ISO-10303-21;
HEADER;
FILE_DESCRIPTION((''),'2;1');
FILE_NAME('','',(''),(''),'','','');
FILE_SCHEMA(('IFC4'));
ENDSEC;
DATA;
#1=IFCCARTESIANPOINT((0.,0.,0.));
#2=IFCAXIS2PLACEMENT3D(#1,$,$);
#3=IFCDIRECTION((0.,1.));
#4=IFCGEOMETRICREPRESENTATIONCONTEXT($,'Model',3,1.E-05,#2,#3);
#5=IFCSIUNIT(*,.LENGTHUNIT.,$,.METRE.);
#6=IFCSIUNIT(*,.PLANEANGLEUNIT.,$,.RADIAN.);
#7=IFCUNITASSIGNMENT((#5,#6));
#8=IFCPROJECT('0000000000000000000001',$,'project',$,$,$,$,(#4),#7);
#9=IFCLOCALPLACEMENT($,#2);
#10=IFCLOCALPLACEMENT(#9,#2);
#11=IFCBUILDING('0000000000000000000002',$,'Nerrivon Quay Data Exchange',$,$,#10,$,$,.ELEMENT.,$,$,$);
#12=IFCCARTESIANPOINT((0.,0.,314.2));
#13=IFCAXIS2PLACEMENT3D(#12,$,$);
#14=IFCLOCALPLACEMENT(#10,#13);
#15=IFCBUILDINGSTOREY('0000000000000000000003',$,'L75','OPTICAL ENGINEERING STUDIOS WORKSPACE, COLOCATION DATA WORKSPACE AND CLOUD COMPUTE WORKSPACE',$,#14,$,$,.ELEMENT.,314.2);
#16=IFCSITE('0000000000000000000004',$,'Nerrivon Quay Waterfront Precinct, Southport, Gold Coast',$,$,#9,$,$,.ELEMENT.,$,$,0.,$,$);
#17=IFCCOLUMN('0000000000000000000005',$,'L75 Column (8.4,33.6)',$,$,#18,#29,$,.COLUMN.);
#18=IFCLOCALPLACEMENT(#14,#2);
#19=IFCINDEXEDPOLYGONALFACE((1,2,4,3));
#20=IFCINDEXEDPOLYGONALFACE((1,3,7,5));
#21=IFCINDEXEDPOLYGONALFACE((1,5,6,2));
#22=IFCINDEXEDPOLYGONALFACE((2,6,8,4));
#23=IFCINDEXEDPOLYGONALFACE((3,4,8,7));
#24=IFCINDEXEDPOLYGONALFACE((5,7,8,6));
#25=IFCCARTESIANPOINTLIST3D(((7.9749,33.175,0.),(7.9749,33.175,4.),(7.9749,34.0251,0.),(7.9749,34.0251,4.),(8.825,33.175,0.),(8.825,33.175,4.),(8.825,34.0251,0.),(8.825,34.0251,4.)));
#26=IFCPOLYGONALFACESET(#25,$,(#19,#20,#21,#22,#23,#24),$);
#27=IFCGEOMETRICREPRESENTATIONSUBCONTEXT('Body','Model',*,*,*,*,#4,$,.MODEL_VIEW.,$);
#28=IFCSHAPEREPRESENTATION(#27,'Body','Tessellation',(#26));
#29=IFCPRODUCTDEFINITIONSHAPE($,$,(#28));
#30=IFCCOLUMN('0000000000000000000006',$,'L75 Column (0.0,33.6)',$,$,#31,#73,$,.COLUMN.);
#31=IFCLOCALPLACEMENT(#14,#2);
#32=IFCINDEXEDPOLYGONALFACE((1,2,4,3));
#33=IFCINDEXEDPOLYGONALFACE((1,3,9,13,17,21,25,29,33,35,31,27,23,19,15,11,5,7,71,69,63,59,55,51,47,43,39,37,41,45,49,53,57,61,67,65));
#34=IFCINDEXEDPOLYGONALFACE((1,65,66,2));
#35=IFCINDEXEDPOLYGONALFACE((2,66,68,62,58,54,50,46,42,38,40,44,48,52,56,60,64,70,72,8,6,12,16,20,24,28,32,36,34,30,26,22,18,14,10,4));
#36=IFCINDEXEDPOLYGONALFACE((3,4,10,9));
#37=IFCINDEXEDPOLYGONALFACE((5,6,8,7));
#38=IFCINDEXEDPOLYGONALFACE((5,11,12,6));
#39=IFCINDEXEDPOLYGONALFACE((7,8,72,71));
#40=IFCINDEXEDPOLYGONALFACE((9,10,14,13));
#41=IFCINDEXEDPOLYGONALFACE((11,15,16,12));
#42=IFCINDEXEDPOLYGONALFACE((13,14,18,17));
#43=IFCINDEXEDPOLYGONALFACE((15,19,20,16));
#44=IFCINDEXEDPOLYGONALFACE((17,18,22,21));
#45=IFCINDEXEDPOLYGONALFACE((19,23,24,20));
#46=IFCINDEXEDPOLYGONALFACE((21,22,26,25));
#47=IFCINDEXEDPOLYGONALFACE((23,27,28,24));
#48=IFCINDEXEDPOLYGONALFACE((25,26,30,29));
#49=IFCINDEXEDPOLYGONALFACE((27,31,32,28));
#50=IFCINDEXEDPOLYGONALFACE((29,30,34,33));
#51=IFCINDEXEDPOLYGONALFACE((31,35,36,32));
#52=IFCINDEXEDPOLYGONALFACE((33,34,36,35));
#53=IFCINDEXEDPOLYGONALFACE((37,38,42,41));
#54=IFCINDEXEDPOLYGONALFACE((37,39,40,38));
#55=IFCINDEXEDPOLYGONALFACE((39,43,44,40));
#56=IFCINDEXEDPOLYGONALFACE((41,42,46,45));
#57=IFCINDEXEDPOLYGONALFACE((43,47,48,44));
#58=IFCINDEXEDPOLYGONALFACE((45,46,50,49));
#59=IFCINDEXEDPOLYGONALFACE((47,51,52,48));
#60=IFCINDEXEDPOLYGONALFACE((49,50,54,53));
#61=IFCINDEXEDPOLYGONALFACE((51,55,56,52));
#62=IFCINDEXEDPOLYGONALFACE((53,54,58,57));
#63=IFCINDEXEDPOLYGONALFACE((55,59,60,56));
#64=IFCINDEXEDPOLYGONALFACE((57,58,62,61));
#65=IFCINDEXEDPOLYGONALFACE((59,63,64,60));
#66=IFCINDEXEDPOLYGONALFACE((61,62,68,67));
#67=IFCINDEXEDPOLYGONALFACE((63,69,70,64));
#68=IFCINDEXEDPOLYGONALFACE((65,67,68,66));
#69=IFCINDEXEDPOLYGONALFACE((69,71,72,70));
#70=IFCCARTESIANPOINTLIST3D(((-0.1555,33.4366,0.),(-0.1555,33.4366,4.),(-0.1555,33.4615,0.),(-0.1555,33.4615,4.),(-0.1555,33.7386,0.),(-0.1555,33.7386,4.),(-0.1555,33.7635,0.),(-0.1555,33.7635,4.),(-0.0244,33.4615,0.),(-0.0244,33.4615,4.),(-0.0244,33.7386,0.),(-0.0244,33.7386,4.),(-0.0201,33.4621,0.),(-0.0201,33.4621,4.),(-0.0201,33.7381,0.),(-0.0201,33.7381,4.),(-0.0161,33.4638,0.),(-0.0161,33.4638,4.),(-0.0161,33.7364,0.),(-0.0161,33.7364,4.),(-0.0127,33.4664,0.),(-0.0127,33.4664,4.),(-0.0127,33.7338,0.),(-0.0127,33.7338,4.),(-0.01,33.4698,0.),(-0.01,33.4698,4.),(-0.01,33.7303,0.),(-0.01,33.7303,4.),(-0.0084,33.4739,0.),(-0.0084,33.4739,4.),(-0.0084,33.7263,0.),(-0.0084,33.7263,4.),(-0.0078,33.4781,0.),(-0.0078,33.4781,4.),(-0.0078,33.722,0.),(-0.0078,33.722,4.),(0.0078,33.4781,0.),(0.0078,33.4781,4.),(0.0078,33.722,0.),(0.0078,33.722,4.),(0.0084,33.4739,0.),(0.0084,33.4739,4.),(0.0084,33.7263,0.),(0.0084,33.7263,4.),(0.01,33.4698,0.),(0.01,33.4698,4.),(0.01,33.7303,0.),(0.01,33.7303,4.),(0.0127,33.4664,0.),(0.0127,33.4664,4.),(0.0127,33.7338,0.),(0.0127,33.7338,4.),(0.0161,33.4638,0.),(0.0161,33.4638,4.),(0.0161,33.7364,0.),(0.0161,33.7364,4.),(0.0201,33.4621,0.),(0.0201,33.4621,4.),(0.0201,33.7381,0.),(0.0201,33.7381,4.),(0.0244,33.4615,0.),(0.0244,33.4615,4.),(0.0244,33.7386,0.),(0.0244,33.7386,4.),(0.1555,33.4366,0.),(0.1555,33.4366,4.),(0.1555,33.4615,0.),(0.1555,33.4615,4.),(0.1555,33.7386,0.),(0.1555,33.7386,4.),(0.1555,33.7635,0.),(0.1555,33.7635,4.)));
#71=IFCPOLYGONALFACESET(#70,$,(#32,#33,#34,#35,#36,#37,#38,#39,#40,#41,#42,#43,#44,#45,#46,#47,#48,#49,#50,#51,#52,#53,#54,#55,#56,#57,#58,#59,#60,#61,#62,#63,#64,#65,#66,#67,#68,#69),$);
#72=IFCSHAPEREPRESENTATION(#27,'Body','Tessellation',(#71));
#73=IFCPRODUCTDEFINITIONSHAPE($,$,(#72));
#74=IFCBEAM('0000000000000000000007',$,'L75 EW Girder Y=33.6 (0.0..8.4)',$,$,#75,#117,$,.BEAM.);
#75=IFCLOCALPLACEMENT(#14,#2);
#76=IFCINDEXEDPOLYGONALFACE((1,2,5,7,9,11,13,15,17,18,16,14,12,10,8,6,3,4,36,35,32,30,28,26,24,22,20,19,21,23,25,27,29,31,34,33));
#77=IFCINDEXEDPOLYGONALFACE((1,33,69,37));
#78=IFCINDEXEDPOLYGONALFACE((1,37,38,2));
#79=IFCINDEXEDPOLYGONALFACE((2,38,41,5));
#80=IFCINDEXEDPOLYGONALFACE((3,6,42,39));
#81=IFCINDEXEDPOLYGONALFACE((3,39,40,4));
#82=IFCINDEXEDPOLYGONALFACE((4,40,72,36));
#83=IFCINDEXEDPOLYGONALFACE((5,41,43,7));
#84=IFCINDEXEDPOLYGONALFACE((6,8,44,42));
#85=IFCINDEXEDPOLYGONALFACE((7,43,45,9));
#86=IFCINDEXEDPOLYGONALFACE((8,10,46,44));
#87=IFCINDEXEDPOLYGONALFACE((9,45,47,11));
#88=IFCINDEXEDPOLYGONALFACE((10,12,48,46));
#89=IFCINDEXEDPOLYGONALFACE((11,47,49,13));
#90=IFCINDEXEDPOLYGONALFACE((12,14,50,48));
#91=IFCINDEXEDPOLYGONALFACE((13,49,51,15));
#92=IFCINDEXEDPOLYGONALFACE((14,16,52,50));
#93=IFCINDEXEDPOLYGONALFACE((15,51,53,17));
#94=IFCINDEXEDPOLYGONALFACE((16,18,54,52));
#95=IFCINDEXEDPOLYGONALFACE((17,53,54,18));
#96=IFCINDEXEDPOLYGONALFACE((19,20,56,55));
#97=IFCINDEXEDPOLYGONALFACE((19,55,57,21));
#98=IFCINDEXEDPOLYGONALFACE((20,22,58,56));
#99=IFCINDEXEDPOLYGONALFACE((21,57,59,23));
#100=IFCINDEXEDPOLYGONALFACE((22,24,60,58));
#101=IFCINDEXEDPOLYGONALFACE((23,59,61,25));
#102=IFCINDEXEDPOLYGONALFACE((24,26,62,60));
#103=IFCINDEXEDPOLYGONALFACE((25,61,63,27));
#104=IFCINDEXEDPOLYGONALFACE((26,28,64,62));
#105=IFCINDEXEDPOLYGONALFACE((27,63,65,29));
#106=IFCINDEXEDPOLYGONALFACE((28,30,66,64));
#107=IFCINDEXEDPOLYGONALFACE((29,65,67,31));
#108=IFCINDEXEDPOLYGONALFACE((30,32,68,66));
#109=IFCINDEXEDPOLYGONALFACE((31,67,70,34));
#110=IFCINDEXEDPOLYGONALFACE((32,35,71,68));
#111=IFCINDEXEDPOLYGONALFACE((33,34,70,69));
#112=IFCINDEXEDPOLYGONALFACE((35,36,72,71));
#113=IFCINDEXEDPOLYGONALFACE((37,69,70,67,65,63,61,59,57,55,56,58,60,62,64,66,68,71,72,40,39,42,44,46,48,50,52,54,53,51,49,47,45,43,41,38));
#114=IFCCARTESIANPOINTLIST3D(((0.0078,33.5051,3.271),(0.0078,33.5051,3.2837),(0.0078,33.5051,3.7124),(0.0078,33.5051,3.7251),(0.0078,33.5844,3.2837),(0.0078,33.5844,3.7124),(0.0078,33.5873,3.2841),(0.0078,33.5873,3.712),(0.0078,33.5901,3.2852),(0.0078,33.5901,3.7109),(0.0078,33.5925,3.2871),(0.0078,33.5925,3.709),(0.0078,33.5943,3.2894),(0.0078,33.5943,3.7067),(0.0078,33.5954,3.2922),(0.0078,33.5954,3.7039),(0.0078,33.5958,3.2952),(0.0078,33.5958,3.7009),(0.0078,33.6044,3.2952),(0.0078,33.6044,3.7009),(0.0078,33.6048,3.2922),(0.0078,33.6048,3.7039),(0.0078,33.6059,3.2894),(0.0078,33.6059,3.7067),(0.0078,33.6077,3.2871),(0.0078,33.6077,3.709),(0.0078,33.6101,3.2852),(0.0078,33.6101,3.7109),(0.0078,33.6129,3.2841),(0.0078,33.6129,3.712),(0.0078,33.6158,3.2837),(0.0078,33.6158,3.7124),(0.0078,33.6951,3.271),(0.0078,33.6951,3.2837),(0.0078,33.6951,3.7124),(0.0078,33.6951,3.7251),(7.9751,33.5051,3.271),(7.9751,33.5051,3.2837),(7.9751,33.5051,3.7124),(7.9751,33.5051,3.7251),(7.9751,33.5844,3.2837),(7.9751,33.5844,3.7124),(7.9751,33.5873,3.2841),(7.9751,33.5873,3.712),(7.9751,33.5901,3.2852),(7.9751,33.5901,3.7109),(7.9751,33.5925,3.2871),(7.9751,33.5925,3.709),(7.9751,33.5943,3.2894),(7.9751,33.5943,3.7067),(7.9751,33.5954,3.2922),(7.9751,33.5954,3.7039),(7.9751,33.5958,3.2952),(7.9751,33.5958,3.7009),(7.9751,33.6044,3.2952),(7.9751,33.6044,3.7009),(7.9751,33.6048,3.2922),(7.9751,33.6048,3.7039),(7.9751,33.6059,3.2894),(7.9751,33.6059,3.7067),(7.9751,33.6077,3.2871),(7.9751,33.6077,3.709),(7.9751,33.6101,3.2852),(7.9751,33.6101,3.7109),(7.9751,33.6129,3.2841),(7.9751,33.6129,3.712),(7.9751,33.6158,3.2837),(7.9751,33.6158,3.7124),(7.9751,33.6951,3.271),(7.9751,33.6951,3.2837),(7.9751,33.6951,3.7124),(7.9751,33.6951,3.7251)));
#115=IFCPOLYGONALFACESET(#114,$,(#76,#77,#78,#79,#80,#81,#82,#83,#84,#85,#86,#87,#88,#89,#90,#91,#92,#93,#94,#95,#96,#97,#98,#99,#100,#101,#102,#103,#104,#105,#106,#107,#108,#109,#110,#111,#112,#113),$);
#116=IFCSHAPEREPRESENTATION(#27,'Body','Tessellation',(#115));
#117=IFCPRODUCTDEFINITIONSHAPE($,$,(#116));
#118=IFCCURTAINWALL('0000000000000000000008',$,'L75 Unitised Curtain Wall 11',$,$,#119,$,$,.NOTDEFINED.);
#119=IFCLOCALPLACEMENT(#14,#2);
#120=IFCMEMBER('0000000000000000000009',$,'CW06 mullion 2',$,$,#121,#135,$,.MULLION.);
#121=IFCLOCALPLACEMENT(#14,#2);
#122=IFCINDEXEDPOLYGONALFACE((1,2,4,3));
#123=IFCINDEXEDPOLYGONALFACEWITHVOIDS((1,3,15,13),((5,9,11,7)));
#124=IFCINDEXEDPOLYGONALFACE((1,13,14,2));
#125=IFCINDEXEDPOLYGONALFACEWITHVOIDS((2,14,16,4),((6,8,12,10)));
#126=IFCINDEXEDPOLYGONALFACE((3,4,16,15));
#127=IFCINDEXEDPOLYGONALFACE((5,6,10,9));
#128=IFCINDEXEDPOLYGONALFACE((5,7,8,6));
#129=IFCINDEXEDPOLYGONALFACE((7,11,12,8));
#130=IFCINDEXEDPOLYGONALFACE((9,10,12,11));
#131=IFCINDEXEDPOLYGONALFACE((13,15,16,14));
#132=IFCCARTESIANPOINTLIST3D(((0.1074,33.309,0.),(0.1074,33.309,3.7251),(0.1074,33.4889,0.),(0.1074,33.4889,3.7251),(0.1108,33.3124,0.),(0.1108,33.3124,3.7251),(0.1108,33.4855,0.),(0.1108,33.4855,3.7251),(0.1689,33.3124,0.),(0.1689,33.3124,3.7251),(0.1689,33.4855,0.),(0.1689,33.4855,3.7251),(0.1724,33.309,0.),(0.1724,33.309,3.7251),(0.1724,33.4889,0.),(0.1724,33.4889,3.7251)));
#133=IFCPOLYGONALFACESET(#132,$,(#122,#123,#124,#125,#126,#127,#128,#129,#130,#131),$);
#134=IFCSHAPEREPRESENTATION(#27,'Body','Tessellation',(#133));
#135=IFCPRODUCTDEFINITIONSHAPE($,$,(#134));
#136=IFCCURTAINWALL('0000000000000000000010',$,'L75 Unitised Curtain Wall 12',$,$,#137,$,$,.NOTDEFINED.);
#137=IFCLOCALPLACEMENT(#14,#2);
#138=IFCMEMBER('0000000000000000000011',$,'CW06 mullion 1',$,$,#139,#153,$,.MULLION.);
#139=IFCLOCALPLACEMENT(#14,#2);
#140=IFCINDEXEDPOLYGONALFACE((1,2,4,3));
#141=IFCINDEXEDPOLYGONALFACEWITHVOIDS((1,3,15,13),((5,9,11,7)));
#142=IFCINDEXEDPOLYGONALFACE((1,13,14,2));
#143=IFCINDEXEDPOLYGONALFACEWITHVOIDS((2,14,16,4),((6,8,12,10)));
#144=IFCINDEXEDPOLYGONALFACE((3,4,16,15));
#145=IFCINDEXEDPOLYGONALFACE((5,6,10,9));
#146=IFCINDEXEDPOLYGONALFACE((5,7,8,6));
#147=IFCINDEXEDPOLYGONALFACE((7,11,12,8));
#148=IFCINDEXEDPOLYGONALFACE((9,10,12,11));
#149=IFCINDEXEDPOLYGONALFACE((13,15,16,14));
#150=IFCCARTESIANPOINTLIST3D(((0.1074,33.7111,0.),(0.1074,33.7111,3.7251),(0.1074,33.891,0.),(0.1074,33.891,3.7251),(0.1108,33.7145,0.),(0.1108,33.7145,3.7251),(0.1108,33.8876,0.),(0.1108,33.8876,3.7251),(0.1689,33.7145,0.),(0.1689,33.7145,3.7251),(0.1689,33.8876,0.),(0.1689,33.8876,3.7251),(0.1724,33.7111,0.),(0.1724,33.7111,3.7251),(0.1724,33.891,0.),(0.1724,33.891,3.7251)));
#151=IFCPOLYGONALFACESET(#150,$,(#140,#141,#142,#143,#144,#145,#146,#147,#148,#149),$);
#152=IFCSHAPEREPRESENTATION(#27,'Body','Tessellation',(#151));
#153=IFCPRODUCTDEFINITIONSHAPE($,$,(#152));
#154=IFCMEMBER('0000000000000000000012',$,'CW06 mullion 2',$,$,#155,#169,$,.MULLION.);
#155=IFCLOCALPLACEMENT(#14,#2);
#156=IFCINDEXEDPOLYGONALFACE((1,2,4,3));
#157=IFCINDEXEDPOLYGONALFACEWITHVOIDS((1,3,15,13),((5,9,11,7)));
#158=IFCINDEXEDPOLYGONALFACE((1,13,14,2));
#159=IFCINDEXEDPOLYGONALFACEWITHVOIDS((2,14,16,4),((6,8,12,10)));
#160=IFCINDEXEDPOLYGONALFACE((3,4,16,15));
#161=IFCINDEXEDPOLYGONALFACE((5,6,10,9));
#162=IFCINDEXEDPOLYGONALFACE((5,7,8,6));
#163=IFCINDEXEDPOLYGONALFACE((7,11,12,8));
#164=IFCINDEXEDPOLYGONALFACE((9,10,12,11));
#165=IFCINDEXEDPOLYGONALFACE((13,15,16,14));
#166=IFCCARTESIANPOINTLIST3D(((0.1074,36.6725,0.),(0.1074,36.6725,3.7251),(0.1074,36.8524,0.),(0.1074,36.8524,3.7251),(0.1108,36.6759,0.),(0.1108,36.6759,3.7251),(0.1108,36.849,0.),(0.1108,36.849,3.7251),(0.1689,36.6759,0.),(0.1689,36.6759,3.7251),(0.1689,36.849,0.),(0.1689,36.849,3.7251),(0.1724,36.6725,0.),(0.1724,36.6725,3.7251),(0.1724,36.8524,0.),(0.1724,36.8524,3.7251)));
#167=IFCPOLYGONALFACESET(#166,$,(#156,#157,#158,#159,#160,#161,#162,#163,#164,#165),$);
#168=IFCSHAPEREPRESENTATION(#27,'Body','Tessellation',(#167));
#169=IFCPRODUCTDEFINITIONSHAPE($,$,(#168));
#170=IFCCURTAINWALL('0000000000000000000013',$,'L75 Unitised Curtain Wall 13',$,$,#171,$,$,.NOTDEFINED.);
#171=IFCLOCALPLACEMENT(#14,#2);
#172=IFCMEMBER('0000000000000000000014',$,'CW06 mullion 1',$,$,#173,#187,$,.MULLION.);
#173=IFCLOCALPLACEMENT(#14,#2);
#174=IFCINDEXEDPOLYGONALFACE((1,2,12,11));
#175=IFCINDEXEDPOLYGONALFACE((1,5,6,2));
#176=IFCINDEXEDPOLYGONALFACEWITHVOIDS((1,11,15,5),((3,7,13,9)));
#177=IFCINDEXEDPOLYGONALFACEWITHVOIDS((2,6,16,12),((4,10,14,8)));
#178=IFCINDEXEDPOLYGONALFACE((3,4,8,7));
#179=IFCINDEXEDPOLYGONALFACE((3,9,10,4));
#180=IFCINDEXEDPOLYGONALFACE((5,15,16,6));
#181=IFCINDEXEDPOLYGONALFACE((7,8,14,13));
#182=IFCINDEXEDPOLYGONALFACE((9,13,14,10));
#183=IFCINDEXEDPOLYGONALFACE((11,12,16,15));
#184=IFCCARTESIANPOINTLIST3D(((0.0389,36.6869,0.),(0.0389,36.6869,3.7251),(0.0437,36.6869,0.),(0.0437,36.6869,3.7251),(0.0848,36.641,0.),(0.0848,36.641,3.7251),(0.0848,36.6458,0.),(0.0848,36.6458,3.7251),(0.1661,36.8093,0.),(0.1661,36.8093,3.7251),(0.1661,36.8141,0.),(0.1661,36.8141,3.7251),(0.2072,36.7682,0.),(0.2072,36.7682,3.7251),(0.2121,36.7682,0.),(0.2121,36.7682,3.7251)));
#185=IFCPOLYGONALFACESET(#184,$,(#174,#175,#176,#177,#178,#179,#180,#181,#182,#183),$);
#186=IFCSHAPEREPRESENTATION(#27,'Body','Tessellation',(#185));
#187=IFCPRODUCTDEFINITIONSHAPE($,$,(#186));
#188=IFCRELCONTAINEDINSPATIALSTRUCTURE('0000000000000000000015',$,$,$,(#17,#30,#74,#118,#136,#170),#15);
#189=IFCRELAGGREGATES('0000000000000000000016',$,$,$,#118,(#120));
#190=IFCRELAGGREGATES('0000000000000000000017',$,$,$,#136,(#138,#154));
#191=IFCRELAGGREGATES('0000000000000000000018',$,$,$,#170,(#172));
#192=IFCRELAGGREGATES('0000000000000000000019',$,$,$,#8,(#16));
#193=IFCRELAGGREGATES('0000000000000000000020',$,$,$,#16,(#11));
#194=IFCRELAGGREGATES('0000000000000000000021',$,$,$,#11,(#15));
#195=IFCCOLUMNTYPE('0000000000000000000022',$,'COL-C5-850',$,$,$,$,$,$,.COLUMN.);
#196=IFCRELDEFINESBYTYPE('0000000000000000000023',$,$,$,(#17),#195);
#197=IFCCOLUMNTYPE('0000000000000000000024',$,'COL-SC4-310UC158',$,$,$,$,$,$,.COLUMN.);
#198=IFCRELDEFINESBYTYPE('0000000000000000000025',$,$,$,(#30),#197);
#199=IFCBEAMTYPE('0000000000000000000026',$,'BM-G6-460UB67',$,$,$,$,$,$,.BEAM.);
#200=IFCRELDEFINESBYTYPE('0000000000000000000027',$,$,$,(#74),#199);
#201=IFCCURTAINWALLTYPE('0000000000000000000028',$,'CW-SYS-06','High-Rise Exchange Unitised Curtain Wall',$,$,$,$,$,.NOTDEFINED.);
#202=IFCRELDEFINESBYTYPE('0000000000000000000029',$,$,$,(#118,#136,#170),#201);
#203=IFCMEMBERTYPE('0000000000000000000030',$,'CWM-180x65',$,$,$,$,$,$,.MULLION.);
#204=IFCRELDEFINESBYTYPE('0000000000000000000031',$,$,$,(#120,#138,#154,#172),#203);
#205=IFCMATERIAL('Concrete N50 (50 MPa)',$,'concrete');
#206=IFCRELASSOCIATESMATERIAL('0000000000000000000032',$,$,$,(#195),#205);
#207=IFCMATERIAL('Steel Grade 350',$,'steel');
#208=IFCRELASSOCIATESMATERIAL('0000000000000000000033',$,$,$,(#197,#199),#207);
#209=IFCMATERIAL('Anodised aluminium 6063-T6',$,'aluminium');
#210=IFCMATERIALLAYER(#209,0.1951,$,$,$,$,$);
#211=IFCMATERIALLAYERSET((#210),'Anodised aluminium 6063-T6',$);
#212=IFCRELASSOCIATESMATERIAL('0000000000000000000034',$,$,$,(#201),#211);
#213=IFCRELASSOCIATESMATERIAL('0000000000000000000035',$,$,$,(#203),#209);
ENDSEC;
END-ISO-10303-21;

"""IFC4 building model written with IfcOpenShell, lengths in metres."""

from ifc_helpers import new_model, si_unit, direction, frame, origin, origin_2d, place, context, subcontext, project, spatial, rectangle, hollow_rectangle, i_section, extrude, material, layer, layer_set, material_profile, profile_set, type_object, element, aggregate, save


model = new_model("IFC4")

# Units and contexts
model_context = context("Model", 3, precision=1e-05, world=origin(), true_north=direction((0.0, 1.0)))
body_context = subcontext(model_context, "Body", "Model", "MODEL_VIEW")
ifc_project = project(units=[si_unit("LENGTHUNIT", "METRE"), si_unit("PLANEANGLEUNIT", "RADIAN")], contexts=[model_context])

# Site, building, storey
site_placement = place(None, origin())
site = spatial("IfcSite", under=ifc_project, at=site_placement, Name="Nerrivon Quay Waterfront Precinct, Southport, Gold Coast", CompositionType="ELEMENT", RefElevation=0.0)
building_placement = place(site_placement, origin())
building = spatial("IfcBuilding", under=site, at=building_placement, Name="Nerrivon Quay Data Exchange", CompositionType="ELEMENT")
storey_placement = place(building_placement, frame((0.0, 0.0, 314.2)))
storey = spatial("IfcBuildingStorey", under=building, at=storey_placement, Name="L75", Description="OPTICAL ENGINEERING STUDIOS WORKSPACE, COLOCATION DATA WORKSPACE AND CLOUD COMPUTE WORKSPACE", CompositionType="ELEMENT", Elevation=314.2)

# Columns
ifc_material_1 = material(Name="Concrete N50 (50 MPa)", Category="concrete")
ifc_material_profile_1 = material_profile(ifc_material_1, rectangle(XDim=0.8501, YDim=0.8501, at=origin_2d()), Name="RC-COL-850x850")
ifc_profile_set_1 = profile_set([ifc_material_profile_1], Name="Concrete N50 (50 MPa)")
column_type_1 = type_object("IfcColumnType", Name="COL-C5-850", PredefinedType="COLUMN", material=ifc_profile_set_1)
column_1_placement = place(storey_placement, frame((8.3999, 33.6001, 0.0), z_axis=(0.0, 0.0, 1.0), x_axis=(1.0, 0.0, 0.0)))
element("IfcColumn", 1, at=column_1_placement, inside=storey, type_object=column_type_1, Name="L75 Column (8.4,33.6)", PredefinedType="COLUMN", context=body_context, shape_type="SweptSolid", body=[
    extrude(rectangle(XDim=0.8501, YDim=0.8501, at=origin_2d()), origin(), (0.0, 0.0, 1.0), 4.0),
])
ifc_material_2 = material(Name="Steel Grade 350", Category="steel")
ifc_material_profile_2 = material_profile(ifc_material_2, i_section(OverallWidth=0.311, OverallDepth=0.3269, WebThickness=0.0156, FlangeThickness=0.0249, FilletRadius=0.0166, at=origin_2d()), Name="310UC158")
ifc_profile_set_2 = profile_set([ifc_material_profile_2], Name="Steel Grade 350")
column_type_2 = type_object("IfcColumnType", Name="COL-SC4-310UC158", PredefinedType="COLUMN", material=ifc_profile_set_2)
column_2_placement = place(storey_placement, frame((0.0, 33.6001, 0.0), z_axis=(0.0, 0.0, 1.0), x_axis=(1.0, 0.0, 0.0)))
element("IfcColumn", 2, at=column_2_placement, inside=storey, type_object=column_type_2, Name="L75 Column (0.0,33.6)", PredefinedType="COLUMN", context=body_context, shape_type="SweptSolid", body=[
    extrude(i_section(OverallWidth=0.311, OverallDepth=0.3269, WebThickness=0.0156, FlangeThickness=0.0249, FilletRadius=0.0166, at=origin_2d()), origin(), (0.0, 0.0, 1.0), 4.0),
])

# Beam
ifc_material_profile_3 = material_profile(ifc_material_2, i_section(OverallWidth=0.1899, OverallDepth=0.4541, WebThickness=0.0085, FlangeThickness=0.0127, FilletRadius=0.0115, at=origin_2d()), Name="460UB67.1")
ifc_profile_set_3 = profile_set([ifc_material_profile_3], Name="Steel Grade 350")
beam_type = type_object("IfcBeamType", Name="BM-G6-460UB67", PredefinedType="BEAM", material=ifc_profile_set_3)
beam_placement = place(storey_placement, frame((0.0078, 33.6001, 3.498), z_axis=(1.0, 0.0, 0.0), x_axis=(0.0, 1.0, 0.0)))
element("IfcBeam", 3, at=beam_placement, inside=storey, type_object=beam_type, Name="L75 EW Girder Y=33.6 (0.0..8.4)", PredefinedType="BEAM", context=body_context, shape_type="SweptSolid", body=[
    extrude(i_section(OverallWidth=0.1899, OverallDepth=0.4541, WebThickness=0.0085, FlangeThickness=0.0127, FilletRadius=0.0115, at=origin_2d()), origin(), (0.0, 0.0, 1.0), 7.9673),
])

# Curtain wall, member
ifc_material_3 = material(Name="Anodised aluminium 6063-T6", Category="aluminium")
ifc_layer_1 = layer(ifc_material_3, 0.1951)
ifc_layer_set_1 = layer_set([ifc_layer_1], Name="Anodised aluminium 6063-T6")
curtain_wall_type = type_object("IfcCurtainWallType", Name="CW-SYS-06", Description="High-Rise Exchange Unitised Curtain Wall", PredefinedType="NOTDEFINED", material=ifc_layer_set_1)
curtain_wall_1_placement = place(storey_placement, origin())
curtain_wall_1 = element("IfcCurtainWall", 4, at=curtain_wall_1_placement, inside=storey, type_object=curtain_wall_type, Name="L75 Unitised Curtain Wall 11", PredefinedType="NOTDEFINED")
ifc_material_profile_4 = material_profile(ifc_material_3, hollow_rectangle(XDim=0.0649, YDim=0.1799, WallThickness=0.0034, at=origin_2d()), Name="ALU-MULL-180x65")
ifc_profile_set_4 = profile_set([ifc_material_profile_4], Name="Anodised aluminium 6063-T6")
member_type_1 = type_object("IfcMemberType", Name="CWM-180x65", PredefinedType="MULLION", material=ifc_profile_set_4)
member_1_placement = place(storey_placement, frame((0.1399, 33.3989, 0.0), z_axis=(0.0, 0.0, 1.0), x_axis=(-1.0, 0.0, 0.0)))
member_1 = element("IfcMember", 5, at=member_1_placement, type_object=member_type_1, Name="CW06 mullion 2", PredefinedType="MULLION", context=body_context, shape_type="SweptSolid", body=[
    extrude(hollow_rectangle(XDim=0.0649, YDim=0.1799, WallThickness=0.0034, at=origin_2d()), origin(), (0.0, 0.0, 1.0), 3.7251),
])
aggregate(curtain_wall_1, [member_1])

# Curtain walls, members
curtain_wall_2_placement = place(storey_placement, origin())
curtain_wall_2 = element("IfcCurtainWall", 6, at=curtain_wall_2_placement, inside=storey, type_object=curtain_wall_type, Name="L75 Unitised Curtain Wall 12", PredefinedType="NOTDEFINED")
member_2_placement = place(storey_placement, frame((0.1399, 33.801, 0.0), z_axis=(0.0, 0.0, 1.0), x_axis=(-1.0, 0.0, 0.0)))
member_2 = element("IfcMember", 7, at=member_2_placement, type_object=member_type_1, Name="CW06 mullion 1", PredefinedType="MULLION", context=body_context, shape_type="SweptSolid", body=[
    extrude(hollow_rectangle(XDim=0.0649, YDim=0.1799, WallThickness=0.0034, at=origin_2d()), origin(), (0.0, 0.0, 1.0), 3.7251),
])
member_3_placement = place(storey_placement, frame((0.1399, 36.7625, 0.0), z_axis=(0.0, 0.0, 1.0), x_axis=(-1.0, 0.0, 0.0)))
member_3 = element("IfcMember", 8, at=member_3_placement, type_object=member_type_1, Name="CW06 mullion 2", PredefinedType="MULLION", context=body_context, shape_type="SweptSolid", body=[
    extrude(hollow_rectangle(XDim=0.0649, YDim=0.1799, WallThickness=0.0034, at=origin_2d()), origin(), (0.0, 0.0, 1.0), 3.7251),
])
curtain_wall_3_placement = place(storey_placement, origin())
curtain_wall_3 = element("IfcCurtainWall", 9, at=curtain_wall_3_placement, inside=storey, type_object=curtain_wall_type, Name="L75 Unitised Curtain Wall 13", PredefinedType="NOTDEFINED")
member_4_placement = place(storey_placement, frame((0.1255, 36.7275, 0.0), z_axis=(0.0, 0.0, 1.0), x_axis=(-0.707107, 0.707107, 0.0)))
member_4 = element("IfcMember", 10, at=member_4_placement, type_object=member_type_1, Name="CW06 mullion 1", PredefinedType="MULLION", context=body_context, shape_type="SweptSolid", body=[
    extrude(hollow_rectangle(XDim=0.0649, YDim=0.1799, WallThickness=0.0034, at=origin_2d()), origin(), (0.0, 0.0, 1.0), 3.7251),
])

aggregate(curtain_wall_2, [member_2, member_3])
aggregate(curtain_wall_3, [member_4])

save(model, "model.ifc")
